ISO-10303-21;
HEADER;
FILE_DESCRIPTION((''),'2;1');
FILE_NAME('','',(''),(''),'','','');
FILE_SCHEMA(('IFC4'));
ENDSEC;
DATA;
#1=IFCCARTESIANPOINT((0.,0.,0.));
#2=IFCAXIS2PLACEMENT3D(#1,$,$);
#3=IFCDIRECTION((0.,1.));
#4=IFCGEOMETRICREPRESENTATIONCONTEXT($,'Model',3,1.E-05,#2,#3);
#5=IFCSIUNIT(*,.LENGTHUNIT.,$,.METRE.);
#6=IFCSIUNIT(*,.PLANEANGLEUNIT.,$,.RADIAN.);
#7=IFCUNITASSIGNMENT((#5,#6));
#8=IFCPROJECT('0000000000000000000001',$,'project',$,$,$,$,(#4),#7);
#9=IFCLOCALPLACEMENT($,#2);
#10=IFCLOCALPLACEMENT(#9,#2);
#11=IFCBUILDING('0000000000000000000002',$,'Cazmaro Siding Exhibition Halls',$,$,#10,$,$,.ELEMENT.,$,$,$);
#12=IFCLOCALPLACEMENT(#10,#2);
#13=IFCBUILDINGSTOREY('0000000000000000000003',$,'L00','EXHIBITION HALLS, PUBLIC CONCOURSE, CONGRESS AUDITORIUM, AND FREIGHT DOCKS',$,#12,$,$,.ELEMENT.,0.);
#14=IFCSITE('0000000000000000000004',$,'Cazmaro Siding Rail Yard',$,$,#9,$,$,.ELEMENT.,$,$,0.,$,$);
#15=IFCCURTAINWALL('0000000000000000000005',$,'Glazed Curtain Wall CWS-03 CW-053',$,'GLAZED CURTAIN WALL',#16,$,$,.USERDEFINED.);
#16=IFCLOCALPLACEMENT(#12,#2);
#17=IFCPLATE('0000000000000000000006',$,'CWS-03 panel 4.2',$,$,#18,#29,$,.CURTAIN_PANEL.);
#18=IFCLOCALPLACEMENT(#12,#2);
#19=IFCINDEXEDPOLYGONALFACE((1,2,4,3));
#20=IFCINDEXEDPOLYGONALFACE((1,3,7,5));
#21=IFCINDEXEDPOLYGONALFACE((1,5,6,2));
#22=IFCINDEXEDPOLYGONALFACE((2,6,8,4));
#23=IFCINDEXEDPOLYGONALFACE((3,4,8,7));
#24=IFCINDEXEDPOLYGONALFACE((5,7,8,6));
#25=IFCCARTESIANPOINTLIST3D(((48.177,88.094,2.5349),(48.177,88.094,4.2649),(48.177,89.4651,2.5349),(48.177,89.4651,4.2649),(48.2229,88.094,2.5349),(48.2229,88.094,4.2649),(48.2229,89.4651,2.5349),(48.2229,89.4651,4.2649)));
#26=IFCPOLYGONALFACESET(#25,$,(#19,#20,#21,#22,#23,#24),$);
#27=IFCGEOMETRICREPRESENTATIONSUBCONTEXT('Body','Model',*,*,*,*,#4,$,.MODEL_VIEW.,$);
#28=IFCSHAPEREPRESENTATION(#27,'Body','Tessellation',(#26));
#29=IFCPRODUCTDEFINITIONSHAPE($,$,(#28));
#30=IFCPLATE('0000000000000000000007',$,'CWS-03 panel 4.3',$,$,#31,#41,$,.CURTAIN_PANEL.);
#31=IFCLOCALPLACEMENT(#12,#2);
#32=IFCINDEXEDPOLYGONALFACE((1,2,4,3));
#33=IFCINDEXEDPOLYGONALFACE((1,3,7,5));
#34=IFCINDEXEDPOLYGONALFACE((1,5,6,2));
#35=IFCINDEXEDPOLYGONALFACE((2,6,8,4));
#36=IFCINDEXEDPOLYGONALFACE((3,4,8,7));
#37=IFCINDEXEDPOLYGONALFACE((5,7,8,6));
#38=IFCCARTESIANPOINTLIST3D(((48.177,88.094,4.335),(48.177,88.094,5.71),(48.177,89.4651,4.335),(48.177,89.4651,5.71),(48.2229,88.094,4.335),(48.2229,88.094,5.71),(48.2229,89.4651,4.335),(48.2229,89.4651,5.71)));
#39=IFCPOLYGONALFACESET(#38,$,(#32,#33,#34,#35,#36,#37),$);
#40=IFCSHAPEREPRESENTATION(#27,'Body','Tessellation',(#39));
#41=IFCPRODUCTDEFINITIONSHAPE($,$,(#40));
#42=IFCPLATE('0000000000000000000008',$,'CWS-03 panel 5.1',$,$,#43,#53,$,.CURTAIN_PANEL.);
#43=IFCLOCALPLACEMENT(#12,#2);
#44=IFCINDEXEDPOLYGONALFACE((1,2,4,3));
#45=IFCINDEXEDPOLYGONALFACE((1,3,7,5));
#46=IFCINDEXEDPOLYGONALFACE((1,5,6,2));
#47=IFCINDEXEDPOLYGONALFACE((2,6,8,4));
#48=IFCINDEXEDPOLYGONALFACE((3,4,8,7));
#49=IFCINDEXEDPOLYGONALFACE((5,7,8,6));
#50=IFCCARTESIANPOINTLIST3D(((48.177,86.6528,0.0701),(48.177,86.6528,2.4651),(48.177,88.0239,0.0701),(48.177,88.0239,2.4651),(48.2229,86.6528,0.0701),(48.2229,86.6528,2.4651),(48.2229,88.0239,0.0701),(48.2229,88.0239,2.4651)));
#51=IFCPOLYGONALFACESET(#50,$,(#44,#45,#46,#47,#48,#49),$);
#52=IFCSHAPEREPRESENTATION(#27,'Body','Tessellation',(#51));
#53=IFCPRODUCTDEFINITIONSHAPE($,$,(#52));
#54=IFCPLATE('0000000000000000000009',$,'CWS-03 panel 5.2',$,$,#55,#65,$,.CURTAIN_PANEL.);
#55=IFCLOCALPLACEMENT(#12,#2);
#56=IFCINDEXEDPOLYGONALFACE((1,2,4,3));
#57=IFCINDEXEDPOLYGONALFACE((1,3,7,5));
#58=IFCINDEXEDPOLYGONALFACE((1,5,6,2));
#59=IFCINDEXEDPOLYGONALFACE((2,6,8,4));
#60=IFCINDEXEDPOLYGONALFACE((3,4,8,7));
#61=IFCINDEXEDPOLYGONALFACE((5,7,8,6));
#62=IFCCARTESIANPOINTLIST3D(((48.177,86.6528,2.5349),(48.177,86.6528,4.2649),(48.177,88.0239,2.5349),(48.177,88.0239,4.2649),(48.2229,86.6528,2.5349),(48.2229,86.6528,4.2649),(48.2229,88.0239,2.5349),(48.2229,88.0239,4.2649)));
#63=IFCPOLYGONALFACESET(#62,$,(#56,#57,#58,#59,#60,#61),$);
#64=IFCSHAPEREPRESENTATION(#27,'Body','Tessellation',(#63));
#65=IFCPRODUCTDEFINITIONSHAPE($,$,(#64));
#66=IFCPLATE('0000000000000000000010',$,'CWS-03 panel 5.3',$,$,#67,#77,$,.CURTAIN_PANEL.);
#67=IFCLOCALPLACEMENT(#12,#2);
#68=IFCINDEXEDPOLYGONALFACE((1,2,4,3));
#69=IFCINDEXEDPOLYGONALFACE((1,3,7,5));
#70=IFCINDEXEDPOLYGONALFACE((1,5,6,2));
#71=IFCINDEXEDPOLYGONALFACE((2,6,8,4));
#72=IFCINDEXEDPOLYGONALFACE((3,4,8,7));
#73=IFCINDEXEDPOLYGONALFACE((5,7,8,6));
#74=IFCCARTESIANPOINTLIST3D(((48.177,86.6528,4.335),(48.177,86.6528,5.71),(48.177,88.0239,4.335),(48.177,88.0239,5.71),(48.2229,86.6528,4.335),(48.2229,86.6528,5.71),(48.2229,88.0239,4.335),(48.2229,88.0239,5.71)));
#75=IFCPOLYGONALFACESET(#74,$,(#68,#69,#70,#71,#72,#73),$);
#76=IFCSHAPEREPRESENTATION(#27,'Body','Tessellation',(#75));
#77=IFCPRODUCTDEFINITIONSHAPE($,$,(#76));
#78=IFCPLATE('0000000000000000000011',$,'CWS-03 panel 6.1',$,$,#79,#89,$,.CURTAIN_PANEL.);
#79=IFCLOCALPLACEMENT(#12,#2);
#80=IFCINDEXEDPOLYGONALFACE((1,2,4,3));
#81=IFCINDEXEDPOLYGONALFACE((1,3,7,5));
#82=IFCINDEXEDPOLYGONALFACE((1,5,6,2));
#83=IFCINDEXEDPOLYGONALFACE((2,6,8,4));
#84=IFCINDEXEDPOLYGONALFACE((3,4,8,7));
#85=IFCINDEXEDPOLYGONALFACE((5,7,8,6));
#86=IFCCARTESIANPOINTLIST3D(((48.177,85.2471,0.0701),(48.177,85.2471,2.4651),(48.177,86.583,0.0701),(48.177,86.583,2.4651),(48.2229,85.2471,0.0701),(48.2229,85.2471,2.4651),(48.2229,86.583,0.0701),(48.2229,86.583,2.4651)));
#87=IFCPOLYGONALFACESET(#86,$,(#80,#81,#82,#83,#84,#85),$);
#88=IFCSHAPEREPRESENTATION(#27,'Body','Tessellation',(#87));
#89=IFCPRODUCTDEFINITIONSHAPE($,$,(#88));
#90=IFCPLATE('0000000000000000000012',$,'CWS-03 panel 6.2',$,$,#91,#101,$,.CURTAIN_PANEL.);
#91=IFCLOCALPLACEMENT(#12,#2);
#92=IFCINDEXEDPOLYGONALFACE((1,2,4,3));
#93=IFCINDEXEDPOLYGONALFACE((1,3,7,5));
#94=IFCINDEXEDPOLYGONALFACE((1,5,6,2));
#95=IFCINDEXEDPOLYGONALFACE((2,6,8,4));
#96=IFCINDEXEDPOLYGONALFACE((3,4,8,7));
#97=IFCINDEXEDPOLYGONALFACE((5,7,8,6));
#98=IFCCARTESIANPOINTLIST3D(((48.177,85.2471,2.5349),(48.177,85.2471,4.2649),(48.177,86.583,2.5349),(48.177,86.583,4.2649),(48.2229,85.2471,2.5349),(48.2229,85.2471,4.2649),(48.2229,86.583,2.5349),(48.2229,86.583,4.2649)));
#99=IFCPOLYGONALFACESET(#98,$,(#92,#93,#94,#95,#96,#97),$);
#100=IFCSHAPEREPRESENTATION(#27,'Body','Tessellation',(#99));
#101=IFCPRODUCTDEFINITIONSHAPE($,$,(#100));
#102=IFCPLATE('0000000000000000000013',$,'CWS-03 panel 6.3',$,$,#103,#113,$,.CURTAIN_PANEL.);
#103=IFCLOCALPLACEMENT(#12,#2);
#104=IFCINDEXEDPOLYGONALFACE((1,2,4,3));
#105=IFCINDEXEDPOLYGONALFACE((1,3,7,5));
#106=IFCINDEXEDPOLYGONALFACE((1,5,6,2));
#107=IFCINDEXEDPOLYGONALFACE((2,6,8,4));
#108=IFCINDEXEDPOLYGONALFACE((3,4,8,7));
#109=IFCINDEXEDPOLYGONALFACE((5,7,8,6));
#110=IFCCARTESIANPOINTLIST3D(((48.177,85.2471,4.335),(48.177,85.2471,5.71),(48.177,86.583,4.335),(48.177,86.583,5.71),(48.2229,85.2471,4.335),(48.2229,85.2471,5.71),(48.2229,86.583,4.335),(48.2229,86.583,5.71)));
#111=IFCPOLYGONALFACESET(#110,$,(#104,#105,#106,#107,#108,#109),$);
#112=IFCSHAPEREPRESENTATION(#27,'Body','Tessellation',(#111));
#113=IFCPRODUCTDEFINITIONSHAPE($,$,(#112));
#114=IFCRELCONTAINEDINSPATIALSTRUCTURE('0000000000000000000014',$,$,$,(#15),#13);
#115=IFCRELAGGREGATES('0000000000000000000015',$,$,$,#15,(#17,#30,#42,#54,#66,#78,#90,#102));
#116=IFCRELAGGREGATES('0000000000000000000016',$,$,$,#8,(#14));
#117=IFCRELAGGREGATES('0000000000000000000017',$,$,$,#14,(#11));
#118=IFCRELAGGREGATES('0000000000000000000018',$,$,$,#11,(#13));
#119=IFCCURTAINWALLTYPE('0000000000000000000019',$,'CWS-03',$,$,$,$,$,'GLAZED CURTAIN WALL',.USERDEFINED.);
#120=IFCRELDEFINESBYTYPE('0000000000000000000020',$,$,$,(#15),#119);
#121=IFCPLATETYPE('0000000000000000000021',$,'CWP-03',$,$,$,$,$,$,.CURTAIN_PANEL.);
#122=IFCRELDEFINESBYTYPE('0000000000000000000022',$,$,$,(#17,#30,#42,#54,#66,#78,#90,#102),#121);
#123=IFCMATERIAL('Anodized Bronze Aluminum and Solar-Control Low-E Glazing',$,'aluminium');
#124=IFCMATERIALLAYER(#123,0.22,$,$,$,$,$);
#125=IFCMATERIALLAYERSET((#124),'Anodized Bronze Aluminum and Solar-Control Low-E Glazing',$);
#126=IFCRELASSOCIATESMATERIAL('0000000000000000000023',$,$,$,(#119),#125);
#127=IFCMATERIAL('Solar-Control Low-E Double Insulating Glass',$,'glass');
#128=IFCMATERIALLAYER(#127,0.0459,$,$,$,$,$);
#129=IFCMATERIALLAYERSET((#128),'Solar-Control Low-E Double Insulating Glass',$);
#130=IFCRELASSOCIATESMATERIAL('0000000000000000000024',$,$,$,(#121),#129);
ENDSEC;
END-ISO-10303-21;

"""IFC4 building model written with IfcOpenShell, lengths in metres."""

from ifc_helpers import new_model, si_unit, direction, frame, origin, origin_2d, place, context, subcontext, project, spatial, rectangle, extrude, material, layer, layer_set, type_object, element, aggregate, save


model = new_model("IFC4")

# Units and contexts
model_context = context("Model", 3, precision=1e-05, world=origin(), true_north=direction((0.0, 1.0)))
body_context = subcontext(model_context, "Body", "Model", "MODEL_VIEW")
ifc_project = project(units=[si_unit("LENGTHUNIT", "METRE"), si_unit("PLANEANGLEUNIT", "RADIAN")], contexts=[model_context])

# Site, building, storey
site_placement = place(None, origin())
site = spatial("IfcSite", under=ifc_project, at=site_placement, Name="Cazmaro Siding Rail Yard", CompositionType="ELEMENT", RefElevation=0.0)
building_placement = place(site_placement, origin())
building = spatial("IfcBuilding", under=site, at=building_placement, Name="Cazmaro Siding Exhibition Halls", CompositionType="ELEMENT")
storey_placement = place(building_placement, origin())
storey = spatial("IfcBuildingStorey", under=building, at=storey_placement, Name="L00", Description="EXHIBITION HALLS, PUBLIC CONCOURSE, CONGRESS AUDITORIUM, AND FREIGHT DOCKS", CompositionType="ELEMENT", Elevation=0.0)

# Curtain wall
ifc_material_1 = material(Name="Anodized Bronze Aluminum and Solar-Control Low-E Glazing", Category="aluminium")
ifc_layer_1 = layer(ifc_material_1, 0.22)
ifc_layer_set_1 = layer_set([ifc_layer_1], Name="Anodized Bronze Aluminum and Solar-Control Low-E Glazing")
curtain_wall_type = type_object("IfcCurtainWallType", Name="CWS-03", ElementType="GLAZED CURTAIN WALL", PredefinedType="USERDEFINED", material=ifc_layer_set_1)
curtain_wall_1_placement = place(storey_placement, origin())
curtain_wall_1 = element("IfcCurtainWall", 1, at=curtain_wall_1_placement, inside=storey, type_object=curtain_wall_type, Name="Glazed Curtain Wall CWS-03 CW-053", ObjectType="GLAZED CURTAIN WALL", PredefinedType="USERDEFINED")

# Plates
ifc_material_2 = material(Name="Solar-Control Low-E Double Insulating Glass", Category="glass")
ifc_layer_2 = layer(ifc_material_2, 0.0459)
ifc_layer_set_2 = layer_set([ifc_layer_2], Name="Solar-Control Low-E Double Insulating Glass")
plate_type = type_object("IfcPlateType", Name="CWP-03", PredefinedType="CURTAIN_PANEL", material=ifc_layer_set_2)
plate_1_placement = place(storey_placement, frame((48.2, 88.7795, 2.5349), z_axis=(0.0, 0.0, 1.0), x_axis=(0.0, -1.0, 0.0)))
plate_1 = element("IfcPlate", 2, at=plate_1_placement, type_object=plate_type, Name="CWS-03 panel 4.2", PredefinedType="CURTAIN_PANEL", context=body_context, shape_type="SweptSolid", body=[
    extrude(rectangle(XDim=1.3711, YDim=0.0459, at=origin_2d()), origin(), (0.0, 0.0, 1.0), 1.73),
])
plate_2_placement = place(storey_placement, frame((48.2, 88.7795, 4.335), z_axis=(0.0, 0.0, 1.0), x_axis=(0.0, -1.0, 0.0)))
plate_2 = element("IfcPlate", 3, at=plate_2_placement, type_object=plate_type, Name="CWS-03 panel 4.3", PredefinedType="CURTAIN_PANEL", context=body_context, shape_type="SweptSolid", body=[
    extrude(rectangle(XDim=1.3711, YDim=0.0459, at=origin_2d()), origin(), (0.0, 0.0, 1.0), 1.375),
])
plate_3_placement = place(storey_placement, frame((48.2, 87.3384, 0.0701), z_axis=(0.0, 0.0, 1.0), x_axis=(0.0, -1.0, 0.0)))
plate_3 = element("IfcPlate", 4, at=plate_3_placement, type_object=plate_type, Name="CWS-03 panel 5.1", PredefinedType="CURTAIN_PANEL", context=body_context, shape_type="SweptSolid", body=[
    extrude(rectangle(XDim=1.3711, YDim=0.0459, at=origin_2d()), origin(), (0.0, 0.0, 1.0), 2.395),
])
plate_4_placement = place(storey_placement, frame((48.2, 87.3384, 2.5349), z_axis=(0.0, 0.0, 1.0), x_axis=(0.0, -1.0, 0.0)))
plate_4 = element("IfcPlate", 5, at=plate_4_placement, type_object=plate_type, Name="CWS-03 panel 5.2", PredefinedType="CURTAIN_PANEL", context=body_context, shape_type="SweptSolid", body=[
    extrude(rectangle(XDim=1.3711, YDim=0.0459, at=origin_2d()), origin(), (0.0, 0.0, 1.0), 1.73),
])
plate_5_placement = place(storey_placement, frame((48.2, 87.3384, 4.335), z_axis=(0.0, 0.0, 1.0), x_axis=(0.0, -1.0, 0.0)))
plate_5 = element("IfcPlate", 6, at=plate_5_placement, type_object=plate_type, Name="CWS-03 panel 5.3", PredefinedType="CURTAIN_PANEL", context=body_context, shape_type="SweptSolid", body=[
    extrude(rectangle(XDim=1.3711, YDim=0.0459, at=origin_2d()), origin(), (0.0, 0.0, 1.0), 1.375),
])
plate_6_placement = place(storey_placement, frame((48.2, 85.915, 0.0701), z_axis=(0.0, 0.0, 1.0), x_axis=(0.0, -1.0, 0.0)))
plate_6 = element("IfcPlate", 7, at=plate_6_placement, type_object=plate_type, Name="CWS-03 panel 6.1", PredefinedType="CURTAIN_PANEL", context=body_context, shape_type="SweptSolid", body=[
    extrude(rectangle(XDim=1.3359, YDim=0.0459, at=origin_2d()), origin(), (0.0, 0.0, 1.0), 2.395),
])
plate_7_placement = place(storey_placement, frame((48.2, 85.915, 2.5349), z_axis=(0.0, 0.0, 1.0), x_axis=(0.0, -1.0, 0.0)))
plate_7 = element("IfcPlate", 8, at=plate_7_placement, type_object=plate_type, Name="CWS-03 panel 6.2", PredefinedType="CURTAIN_PANEL", context=body_context, shape_type="SweptSolid", body=[
    extrude(rectangle(XDim=1.3359, YDim=0.0459, at=origin_2d()), origin(), (0.0, 0.0, 1.0), 1.73),
])
plate_8_placement = place(storey_placement, frame((48.2, 85.915, 4.335), z_axis=(0.0, 0.0, 1.0), x_axis=(0.0, -1.0, 0.0)))
plate_8 = element("IfcPlate", 9, at=plate_8_placement, type_object=plate_type, Name="CWS-03 panel 6.3", PredefinedType="CURTAIN_PANEL", context=body_context, shape_type="SweptSolid", body=[
    extrude(rectangle(XDim=1.3359, YDim=0.0459, at=origin_2d()), origin(), (0.0, 0.0, 1.0), 1.375),
])
aggregate(curtain_wall_1, [plate_1, plate_2, plate_3, plate_4, plate_5, plate_6, plate_7, plate_8])

save(model, "model.ifc")
